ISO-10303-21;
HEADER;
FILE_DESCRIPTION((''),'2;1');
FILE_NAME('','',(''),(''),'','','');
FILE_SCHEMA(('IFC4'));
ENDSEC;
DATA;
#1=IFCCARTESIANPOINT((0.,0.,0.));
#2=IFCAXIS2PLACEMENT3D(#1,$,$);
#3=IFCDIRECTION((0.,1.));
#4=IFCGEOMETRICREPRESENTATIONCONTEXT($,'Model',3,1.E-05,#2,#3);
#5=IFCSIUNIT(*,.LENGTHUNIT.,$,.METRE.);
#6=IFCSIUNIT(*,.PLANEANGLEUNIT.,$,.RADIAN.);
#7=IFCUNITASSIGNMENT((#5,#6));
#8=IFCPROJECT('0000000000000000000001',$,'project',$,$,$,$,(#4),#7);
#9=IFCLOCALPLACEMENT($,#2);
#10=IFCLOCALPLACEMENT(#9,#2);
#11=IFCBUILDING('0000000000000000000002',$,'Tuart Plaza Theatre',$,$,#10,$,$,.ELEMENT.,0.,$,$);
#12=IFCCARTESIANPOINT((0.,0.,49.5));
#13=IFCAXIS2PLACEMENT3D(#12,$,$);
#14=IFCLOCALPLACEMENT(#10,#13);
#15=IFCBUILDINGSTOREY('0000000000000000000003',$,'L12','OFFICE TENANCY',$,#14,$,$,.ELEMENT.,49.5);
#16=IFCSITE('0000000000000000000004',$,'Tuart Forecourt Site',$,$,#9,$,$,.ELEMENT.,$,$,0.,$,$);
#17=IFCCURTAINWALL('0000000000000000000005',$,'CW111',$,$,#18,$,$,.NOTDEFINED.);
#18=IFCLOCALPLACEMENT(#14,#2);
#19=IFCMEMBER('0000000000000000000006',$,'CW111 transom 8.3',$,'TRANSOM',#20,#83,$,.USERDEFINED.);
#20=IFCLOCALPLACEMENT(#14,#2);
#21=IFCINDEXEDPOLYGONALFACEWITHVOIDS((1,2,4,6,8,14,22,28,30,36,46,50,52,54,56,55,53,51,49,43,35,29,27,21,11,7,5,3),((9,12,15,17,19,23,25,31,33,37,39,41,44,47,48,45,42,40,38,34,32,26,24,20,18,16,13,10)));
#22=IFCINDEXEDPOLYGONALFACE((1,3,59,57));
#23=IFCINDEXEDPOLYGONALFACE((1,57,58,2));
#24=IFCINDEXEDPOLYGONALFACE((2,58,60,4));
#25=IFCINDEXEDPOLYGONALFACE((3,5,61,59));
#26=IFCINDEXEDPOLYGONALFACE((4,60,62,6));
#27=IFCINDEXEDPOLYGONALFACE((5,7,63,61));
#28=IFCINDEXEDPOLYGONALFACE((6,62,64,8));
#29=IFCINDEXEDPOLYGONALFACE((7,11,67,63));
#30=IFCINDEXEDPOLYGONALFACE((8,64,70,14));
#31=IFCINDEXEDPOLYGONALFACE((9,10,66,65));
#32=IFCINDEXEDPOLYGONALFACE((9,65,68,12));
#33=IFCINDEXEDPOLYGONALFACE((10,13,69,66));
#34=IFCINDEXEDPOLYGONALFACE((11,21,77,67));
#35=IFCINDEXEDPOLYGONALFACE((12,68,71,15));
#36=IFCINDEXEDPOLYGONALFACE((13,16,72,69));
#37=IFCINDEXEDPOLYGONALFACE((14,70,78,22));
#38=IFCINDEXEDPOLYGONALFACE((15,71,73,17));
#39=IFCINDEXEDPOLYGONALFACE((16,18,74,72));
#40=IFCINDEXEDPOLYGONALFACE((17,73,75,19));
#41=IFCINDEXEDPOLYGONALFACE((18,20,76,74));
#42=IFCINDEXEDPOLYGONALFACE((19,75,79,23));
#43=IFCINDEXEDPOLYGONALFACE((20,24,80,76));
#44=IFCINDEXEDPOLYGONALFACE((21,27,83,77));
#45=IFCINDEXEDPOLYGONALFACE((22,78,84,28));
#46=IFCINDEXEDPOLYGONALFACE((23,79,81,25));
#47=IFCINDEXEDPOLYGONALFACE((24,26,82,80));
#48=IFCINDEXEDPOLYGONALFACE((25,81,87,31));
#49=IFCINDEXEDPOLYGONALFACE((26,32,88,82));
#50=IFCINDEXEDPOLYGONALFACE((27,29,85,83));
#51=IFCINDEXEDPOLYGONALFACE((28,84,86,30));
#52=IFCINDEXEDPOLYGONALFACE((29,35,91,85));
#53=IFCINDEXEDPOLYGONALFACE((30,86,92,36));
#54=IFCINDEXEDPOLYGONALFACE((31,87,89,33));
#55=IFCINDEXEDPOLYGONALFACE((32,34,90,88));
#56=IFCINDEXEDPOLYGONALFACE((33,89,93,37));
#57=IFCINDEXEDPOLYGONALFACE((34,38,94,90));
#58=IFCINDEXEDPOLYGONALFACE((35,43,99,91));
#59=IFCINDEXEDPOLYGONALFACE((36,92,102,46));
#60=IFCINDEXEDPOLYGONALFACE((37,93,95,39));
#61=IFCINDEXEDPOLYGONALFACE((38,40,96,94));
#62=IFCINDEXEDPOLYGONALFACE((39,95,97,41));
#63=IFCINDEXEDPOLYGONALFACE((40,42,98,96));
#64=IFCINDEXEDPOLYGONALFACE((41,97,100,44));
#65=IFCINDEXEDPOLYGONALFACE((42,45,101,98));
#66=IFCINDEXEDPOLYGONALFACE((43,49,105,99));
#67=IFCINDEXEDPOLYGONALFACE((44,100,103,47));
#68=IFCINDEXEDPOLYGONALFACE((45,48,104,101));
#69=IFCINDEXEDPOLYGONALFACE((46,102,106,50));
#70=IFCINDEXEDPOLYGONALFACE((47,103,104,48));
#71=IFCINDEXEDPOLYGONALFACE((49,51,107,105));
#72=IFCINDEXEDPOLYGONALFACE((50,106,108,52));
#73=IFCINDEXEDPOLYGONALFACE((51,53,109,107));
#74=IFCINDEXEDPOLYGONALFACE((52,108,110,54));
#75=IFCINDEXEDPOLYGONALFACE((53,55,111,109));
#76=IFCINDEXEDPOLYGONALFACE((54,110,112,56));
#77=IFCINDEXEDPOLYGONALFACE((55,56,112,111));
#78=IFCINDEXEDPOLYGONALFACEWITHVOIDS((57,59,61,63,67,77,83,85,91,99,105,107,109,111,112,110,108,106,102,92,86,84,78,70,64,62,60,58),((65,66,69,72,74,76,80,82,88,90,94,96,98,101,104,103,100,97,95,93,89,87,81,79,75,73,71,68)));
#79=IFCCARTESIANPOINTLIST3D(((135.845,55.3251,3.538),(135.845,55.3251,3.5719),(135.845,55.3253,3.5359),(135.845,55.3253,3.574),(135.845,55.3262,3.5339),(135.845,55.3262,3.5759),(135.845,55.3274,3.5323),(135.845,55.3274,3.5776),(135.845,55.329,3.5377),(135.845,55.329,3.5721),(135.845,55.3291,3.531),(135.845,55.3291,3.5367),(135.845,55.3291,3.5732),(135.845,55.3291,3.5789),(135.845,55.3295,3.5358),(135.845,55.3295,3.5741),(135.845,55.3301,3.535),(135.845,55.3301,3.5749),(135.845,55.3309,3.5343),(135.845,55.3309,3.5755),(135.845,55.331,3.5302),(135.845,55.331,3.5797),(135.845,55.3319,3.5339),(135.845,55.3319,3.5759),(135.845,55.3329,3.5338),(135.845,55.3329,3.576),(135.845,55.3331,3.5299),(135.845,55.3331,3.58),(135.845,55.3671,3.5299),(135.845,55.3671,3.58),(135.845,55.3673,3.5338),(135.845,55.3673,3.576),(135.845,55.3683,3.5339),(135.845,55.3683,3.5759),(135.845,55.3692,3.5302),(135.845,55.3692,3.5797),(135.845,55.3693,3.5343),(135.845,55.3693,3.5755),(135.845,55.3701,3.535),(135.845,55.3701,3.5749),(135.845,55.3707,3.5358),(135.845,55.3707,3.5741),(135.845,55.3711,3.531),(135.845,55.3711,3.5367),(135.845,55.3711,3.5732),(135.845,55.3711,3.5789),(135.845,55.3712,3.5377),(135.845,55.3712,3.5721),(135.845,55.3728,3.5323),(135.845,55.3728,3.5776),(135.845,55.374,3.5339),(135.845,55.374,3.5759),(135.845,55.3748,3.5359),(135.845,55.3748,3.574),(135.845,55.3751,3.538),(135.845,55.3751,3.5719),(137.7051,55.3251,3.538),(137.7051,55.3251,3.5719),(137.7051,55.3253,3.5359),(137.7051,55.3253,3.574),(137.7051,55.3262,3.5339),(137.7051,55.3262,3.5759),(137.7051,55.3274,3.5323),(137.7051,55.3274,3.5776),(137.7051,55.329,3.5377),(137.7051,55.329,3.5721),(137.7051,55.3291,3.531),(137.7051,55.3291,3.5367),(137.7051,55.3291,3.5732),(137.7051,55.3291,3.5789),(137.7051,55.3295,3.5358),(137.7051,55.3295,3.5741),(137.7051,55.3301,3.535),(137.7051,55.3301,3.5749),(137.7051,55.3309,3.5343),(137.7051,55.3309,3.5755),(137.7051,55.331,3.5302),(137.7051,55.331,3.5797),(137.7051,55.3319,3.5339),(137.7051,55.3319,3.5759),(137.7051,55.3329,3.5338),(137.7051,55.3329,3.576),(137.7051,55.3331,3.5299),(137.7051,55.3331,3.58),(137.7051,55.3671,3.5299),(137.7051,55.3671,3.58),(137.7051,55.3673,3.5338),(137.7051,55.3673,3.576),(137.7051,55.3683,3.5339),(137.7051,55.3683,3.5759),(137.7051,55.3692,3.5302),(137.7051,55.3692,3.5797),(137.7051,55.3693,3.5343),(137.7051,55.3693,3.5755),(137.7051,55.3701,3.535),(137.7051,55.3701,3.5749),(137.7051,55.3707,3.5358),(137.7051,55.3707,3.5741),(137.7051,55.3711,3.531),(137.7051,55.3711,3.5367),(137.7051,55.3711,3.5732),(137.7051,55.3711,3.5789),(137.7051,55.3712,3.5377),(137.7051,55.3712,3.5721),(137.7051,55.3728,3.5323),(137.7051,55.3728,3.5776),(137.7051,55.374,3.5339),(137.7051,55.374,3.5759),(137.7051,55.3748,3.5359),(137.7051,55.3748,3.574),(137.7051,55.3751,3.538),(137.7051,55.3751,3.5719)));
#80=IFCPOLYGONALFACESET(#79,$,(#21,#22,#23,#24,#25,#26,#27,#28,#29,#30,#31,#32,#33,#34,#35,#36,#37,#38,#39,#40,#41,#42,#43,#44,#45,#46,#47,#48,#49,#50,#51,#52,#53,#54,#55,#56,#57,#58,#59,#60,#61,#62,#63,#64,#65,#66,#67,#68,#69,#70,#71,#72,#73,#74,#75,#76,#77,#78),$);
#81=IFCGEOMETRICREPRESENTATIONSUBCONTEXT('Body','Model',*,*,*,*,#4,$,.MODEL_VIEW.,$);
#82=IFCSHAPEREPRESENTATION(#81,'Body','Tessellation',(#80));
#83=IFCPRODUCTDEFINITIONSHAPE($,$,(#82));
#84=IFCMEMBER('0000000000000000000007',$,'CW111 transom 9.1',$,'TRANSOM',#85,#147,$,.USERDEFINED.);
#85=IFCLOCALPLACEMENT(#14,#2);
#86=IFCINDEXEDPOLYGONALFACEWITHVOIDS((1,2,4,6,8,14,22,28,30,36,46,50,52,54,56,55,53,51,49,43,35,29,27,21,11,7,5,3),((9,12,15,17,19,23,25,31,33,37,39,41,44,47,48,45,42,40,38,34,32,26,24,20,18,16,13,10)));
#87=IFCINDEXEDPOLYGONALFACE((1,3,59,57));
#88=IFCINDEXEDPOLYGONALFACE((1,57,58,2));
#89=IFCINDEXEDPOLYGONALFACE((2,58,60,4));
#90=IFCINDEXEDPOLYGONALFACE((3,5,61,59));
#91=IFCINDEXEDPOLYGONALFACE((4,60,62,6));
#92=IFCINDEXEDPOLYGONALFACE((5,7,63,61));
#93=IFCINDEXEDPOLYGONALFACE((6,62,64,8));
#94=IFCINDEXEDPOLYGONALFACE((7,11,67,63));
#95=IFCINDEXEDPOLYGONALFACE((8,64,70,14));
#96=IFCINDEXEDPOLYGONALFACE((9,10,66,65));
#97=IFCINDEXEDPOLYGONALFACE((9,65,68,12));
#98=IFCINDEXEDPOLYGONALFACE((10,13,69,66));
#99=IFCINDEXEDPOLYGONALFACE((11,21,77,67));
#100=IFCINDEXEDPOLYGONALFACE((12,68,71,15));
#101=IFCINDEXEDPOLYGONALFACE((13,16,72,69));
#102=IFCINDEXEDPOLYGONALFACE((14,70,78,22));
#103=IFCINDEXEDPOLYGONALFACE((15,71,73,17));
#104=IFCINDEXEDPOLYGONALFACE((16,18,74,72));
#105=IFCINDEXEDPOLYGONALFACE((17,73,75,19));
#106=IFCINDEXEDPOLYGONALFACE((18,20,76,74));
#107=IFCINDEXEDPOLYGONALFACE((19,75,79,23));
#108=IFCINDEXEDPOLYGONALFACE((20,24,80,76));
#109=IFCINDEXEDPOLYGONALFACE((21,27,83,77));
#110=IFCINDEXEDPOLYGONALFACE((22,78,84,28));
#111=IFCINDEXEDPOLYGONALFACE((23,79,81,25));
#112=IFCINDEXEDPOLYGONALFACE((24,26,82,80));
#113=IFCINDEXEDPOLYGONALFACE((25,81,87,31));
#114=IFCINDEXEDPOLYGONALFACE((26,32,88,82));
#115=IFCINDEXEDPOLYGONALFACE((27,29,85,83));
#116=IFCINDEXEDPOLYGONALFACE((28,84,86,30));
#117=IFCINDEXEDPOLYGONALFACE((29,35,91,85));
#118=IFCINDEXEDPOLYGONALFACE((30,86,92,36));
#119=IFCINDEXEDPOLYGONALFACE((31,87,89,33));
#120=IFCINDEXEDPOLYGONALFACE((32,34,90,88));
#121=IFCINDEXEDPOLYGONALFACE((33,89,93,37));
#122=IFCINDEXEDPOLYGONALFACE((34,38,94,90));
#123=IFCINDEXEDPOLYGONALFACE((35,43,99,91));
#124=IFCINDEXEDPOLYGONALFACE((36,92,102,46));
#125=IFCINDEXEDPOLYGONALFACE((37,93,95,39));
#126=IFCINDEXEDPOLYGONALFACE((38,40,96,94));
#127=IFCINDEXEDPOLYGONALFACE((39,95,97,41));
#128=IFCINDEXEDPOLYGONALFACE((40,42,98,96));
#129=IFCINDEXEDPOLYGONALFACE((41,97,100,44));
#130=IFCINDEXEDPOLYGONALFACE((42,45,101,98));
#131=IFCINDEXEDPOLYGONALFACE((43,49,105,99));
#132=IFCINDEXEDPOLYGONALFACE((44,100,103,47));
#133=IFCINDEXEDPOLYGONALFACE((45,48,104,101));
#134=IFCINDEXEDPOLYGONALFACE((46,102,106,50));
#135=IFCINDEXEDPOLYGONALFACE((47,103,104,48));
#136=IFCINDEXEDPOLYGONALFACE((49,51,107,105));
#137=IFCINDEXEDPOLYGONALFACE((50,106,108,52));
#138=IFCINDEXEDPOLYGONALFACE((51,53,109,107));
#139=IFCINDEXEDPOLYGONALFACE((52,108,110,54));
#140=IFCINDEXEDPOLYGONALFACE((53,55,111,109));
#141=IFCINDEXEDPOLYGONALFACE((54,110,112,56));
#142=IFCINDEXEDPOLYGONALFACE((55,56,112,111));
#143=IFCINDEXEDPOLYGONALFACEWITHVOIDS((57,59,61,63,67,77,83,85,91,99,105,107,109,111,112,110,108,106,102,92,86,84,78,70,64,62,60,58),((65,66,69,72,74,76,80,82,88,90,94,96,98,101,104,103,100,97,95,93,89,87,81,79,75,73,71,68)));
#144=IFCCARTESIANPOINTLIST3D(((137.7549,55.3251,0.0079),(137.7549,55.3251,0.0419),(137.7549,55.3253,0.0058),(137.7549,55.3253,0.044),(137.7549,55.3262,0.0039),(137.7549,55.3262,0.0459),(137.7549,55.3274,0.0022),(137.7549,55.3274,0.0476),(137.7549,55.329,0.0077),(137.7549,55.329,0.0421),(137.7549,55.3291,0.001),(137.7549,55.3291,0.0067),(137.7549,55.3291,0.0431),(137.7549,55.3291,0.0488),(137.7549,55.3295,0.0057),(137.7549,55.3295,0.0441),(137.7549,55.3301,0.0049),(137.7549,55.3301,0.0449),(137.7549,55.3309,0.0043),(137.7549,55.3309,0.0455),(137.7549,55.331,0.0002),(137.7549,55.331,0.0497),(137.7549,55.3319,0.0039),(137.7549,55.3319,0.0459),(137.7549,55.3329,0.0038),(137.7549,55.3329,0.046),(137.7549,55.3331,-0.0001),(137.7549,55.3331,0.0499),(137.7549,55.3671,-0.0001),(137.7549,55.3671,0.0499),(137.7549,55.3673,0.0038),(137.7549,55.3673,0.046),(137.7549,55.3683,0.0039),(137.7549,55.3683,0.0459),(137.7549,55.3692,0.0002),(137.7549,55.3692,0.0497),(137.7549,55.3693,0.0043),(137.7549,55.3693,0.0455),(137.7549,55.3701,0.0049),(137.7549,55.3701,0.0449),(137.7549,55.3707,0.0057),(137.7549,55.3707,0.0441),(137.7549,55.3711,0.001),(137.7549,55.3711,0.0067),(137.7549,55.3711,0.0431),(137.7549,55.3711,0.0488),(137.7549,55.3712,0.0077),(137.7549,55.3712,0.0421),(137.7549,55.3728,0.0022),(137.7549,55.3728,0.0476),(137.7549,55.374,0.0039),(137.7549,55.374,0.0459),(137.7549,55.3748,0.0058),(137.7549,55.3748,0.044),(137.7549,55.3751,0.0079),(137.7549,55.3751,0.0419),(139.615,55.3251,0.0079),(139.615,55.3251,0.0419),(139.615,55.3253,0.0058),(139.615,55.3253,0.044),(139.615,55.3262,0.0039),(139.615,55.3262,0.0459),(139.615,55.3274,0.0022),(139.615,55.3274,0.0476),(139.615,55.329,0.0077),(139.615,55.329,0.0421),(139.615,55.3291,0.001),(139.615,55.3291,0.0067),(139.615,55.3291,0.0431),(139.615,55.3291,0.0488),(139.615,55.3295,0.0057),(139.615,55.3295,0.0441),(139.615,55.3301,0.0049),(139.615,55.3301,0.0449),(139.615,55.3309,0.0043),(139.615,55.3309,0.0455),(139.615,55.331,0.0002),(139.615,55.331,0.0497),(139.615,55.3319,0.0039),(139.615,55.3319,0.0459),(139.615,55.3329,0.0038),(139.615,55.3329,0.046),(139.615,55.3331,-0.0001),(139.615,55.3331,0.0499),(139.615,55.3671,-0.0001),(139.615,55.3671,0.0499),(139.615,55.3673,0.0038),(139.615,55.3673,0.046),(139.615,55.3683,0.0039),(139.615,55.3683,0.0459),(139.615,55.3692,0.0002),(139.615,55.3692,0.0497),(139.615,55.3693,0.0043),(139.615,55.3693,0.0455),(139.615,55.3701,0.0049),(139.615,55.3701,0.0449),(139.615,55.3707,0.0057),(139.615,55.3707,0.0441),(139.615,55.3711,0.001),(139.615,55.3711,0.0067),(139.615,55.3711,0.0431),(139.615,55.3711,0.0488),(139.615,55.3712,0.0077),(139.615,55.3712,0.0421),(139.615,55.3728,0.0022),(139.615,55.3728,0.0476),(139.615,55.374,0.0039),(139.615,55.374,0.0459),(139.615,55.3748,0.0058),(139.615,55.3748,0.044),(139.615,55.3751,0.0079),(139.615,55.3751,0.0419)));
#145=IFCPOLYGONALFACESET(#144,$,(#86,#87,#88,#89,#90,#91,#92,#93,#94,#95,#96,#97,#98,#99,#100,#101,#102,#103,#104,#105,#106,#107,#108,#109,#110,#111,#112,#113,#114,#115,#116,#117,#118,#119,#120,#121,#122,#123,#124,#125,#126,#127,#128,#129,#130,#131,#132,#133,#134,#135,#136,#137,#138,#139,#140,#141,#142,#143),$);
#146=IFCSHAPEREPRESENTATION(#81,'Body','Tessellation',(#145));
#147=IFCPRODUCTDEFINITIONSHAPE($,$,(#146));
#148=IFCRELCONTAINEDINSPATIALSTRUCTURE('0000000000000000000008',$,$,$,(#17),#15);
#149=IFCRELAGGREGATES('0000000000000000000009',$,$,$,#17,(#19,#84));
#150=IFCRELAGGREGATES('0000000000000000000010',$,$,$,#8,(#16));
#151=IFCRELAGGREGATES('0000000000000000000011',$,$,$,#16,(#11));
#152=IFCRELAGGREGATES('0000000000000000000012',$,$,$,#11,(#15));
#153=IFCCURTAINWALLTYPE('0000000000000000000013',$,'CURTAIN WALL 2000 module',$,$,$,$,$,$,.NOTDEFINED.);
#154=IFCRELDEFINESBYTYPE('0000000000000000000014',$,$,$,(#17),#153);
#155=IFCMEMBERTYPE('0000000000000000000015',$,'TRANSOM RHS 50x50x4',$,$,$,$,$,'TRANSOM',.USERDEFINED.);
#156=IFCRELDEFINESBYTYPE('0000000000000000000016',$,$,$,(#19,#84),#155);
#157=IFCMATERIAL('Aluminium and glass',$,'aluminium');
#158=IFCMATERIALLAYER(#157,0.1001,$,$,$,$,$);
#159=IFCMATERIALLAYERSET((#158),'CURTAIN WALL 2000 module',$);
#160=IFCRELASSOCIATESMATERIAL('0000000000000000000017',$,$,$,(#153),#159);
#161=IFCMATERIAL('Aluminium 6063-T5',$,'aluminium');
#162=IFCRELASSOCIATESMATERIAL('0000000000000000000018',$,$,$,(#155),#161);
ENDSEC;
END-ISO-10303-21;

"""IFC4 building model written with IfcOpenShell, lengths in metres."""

from ifc_helpers import new_model, si_unit, direction, frame, origin, origin_2d, place, context, subcontext, project, spatial, hollow_rectangle, extrude, material, layer, layer_set, material_profile, profile_set, type_object, element, aggregate, save


model = new_model("IFC4")

# Units and contexts
model_context = context("Model", 3, precision=1e-05, world=origin(), true_north=direction((0.0, 1.0)))
body_context = subcontext(model_context, "Body", "Model", "MODEL_VIEW")
ifc_project = project(units=[si_unit("LENGTHUNIT", "METRE"), si_unit("PLANEANGLEUNIT", "RADIAN")], contexts=[model_context])

# Site, building, storey
site_placement = place(None, origin())
site = spatial("IfcSite", under=ifc_project, at=site_placement, Name="Tuart Forecourt Site", CompositionType="ELEMENT", RefElevation=0.0)
building_placement = place(site_placement, origin())
building = spatial("IfcBuilding", under=site, at=building_placement, Name="Tuart Plaza Theatre", CompositionType="ELEMENT", ElevationOfRefHeight=0.0)
storey_placement = place(building_placement, frame((0.0, 0.0, 49.5)))
storey = spatial("IfcBuildingStorey", under=building, at=storey_placement, Name="L12", Description="OFFICE TENANCY", CompositionType="ELEMENT", Elevation=49.5)

# Shared definitions
ifc_material_1 = material(Name="Aluminium and glass", Category="aluminium")
ifc_layer_1 = layer(ifc_material_1, 0.1001)
ifc_layer_set_1 = layer_set([ifc_layer_1], Name="CURTAIN WALL 2000 module")
curtain_wall_type = type_object("IfcCurtainWallType", Name="CURTAIN WALL 2000 module", PredefinedType="NOTDEFINED", material=ifc_layer_set_1)

# Curtain wall
curtain_wall_1_placement = place(storey_placement, origin())
curtain_wall_1 = element("IfcCurtainWall", 1, at=curtain_wall_1_placement, inside=storey, type_object=curtain_wall_type, Name="CW111", PredefinedType="NOTDEFINED")

# Members
ifc_material_2 = material(Name="Aluminium 6063-T5", Category="aluminium")
ifc_material_profile_1 = material_profile(ifc_material_2, hollow_rectangle(XDim=0.05, YDim=0.05, WallThickness=0.0039, InnerFilletRadius=0.0039, OuterFilletRadius=0.0081, at=origin_2d()), Name="RHS 50x50x4")
ifc_profile_set_1 = profile_set([ifc_material_profile_1], Name="Aluminium 6063-T5")
member_type_1 = type_object("IfcMemberType", Name="TRANSOM RHS 50x50x4", ElementType="TRANSOM", PredefinedType="USERDEFINED", material=ifc_profile_set_1)
member_1_placement = place(storey_placement, frame((135.845, 55.3501, 3.5549), z_axis=(1.0, 0.0, 0.0), x_axis=(0.0, 1.0, 0.0)))
member_1 = element("IfcMember", 2, at=member_1_placement, type_object=member_type_1, Name="CW111 transom 8.3", ObjectType="TRANSOM", PredefinedType="USERDEFINED", context=body_context, shape_type="SweptSolid", body=[
    extrude(hollow_rectangle(XDim=0.05, YDim=0.05, WallThickness=0.0039, InnerFilletRadius=0.0039, OuterFilletRadius=0.0081, at=origin_2d()), origin(), (0.0, 0.0, 1.0), 1.8601),
])
member_2_placement = place(storey_placement, frame((137.7549, 55.3501, 0.0249), z_axis=(1.0, 0.0, 0.0), x_axis=(0.0, 1.0, 0.0)))
member_2 = element("IfcMember", 3, at=member_2_placement, type_object=member_type_1, Name="CW111 transom 9.1", ObjectType="TRANSOM", PredefinedType="USERDEFINED", context=body_context, shape_type="SweptSolid", body=[
    extrude(hollow_rectangle(XDim=0.05, YDim=0.05, WallThickness=0.0039, InnerFilletRadius=0.0039, OuterFilletRadius=0.0081, at=origin_2d()), origin(), (0.0, 0.0, 1.0), 1.8601),
])

aggregate(curtain_wall_1, [member_1, member_2])

save(model, "model.ifc")
